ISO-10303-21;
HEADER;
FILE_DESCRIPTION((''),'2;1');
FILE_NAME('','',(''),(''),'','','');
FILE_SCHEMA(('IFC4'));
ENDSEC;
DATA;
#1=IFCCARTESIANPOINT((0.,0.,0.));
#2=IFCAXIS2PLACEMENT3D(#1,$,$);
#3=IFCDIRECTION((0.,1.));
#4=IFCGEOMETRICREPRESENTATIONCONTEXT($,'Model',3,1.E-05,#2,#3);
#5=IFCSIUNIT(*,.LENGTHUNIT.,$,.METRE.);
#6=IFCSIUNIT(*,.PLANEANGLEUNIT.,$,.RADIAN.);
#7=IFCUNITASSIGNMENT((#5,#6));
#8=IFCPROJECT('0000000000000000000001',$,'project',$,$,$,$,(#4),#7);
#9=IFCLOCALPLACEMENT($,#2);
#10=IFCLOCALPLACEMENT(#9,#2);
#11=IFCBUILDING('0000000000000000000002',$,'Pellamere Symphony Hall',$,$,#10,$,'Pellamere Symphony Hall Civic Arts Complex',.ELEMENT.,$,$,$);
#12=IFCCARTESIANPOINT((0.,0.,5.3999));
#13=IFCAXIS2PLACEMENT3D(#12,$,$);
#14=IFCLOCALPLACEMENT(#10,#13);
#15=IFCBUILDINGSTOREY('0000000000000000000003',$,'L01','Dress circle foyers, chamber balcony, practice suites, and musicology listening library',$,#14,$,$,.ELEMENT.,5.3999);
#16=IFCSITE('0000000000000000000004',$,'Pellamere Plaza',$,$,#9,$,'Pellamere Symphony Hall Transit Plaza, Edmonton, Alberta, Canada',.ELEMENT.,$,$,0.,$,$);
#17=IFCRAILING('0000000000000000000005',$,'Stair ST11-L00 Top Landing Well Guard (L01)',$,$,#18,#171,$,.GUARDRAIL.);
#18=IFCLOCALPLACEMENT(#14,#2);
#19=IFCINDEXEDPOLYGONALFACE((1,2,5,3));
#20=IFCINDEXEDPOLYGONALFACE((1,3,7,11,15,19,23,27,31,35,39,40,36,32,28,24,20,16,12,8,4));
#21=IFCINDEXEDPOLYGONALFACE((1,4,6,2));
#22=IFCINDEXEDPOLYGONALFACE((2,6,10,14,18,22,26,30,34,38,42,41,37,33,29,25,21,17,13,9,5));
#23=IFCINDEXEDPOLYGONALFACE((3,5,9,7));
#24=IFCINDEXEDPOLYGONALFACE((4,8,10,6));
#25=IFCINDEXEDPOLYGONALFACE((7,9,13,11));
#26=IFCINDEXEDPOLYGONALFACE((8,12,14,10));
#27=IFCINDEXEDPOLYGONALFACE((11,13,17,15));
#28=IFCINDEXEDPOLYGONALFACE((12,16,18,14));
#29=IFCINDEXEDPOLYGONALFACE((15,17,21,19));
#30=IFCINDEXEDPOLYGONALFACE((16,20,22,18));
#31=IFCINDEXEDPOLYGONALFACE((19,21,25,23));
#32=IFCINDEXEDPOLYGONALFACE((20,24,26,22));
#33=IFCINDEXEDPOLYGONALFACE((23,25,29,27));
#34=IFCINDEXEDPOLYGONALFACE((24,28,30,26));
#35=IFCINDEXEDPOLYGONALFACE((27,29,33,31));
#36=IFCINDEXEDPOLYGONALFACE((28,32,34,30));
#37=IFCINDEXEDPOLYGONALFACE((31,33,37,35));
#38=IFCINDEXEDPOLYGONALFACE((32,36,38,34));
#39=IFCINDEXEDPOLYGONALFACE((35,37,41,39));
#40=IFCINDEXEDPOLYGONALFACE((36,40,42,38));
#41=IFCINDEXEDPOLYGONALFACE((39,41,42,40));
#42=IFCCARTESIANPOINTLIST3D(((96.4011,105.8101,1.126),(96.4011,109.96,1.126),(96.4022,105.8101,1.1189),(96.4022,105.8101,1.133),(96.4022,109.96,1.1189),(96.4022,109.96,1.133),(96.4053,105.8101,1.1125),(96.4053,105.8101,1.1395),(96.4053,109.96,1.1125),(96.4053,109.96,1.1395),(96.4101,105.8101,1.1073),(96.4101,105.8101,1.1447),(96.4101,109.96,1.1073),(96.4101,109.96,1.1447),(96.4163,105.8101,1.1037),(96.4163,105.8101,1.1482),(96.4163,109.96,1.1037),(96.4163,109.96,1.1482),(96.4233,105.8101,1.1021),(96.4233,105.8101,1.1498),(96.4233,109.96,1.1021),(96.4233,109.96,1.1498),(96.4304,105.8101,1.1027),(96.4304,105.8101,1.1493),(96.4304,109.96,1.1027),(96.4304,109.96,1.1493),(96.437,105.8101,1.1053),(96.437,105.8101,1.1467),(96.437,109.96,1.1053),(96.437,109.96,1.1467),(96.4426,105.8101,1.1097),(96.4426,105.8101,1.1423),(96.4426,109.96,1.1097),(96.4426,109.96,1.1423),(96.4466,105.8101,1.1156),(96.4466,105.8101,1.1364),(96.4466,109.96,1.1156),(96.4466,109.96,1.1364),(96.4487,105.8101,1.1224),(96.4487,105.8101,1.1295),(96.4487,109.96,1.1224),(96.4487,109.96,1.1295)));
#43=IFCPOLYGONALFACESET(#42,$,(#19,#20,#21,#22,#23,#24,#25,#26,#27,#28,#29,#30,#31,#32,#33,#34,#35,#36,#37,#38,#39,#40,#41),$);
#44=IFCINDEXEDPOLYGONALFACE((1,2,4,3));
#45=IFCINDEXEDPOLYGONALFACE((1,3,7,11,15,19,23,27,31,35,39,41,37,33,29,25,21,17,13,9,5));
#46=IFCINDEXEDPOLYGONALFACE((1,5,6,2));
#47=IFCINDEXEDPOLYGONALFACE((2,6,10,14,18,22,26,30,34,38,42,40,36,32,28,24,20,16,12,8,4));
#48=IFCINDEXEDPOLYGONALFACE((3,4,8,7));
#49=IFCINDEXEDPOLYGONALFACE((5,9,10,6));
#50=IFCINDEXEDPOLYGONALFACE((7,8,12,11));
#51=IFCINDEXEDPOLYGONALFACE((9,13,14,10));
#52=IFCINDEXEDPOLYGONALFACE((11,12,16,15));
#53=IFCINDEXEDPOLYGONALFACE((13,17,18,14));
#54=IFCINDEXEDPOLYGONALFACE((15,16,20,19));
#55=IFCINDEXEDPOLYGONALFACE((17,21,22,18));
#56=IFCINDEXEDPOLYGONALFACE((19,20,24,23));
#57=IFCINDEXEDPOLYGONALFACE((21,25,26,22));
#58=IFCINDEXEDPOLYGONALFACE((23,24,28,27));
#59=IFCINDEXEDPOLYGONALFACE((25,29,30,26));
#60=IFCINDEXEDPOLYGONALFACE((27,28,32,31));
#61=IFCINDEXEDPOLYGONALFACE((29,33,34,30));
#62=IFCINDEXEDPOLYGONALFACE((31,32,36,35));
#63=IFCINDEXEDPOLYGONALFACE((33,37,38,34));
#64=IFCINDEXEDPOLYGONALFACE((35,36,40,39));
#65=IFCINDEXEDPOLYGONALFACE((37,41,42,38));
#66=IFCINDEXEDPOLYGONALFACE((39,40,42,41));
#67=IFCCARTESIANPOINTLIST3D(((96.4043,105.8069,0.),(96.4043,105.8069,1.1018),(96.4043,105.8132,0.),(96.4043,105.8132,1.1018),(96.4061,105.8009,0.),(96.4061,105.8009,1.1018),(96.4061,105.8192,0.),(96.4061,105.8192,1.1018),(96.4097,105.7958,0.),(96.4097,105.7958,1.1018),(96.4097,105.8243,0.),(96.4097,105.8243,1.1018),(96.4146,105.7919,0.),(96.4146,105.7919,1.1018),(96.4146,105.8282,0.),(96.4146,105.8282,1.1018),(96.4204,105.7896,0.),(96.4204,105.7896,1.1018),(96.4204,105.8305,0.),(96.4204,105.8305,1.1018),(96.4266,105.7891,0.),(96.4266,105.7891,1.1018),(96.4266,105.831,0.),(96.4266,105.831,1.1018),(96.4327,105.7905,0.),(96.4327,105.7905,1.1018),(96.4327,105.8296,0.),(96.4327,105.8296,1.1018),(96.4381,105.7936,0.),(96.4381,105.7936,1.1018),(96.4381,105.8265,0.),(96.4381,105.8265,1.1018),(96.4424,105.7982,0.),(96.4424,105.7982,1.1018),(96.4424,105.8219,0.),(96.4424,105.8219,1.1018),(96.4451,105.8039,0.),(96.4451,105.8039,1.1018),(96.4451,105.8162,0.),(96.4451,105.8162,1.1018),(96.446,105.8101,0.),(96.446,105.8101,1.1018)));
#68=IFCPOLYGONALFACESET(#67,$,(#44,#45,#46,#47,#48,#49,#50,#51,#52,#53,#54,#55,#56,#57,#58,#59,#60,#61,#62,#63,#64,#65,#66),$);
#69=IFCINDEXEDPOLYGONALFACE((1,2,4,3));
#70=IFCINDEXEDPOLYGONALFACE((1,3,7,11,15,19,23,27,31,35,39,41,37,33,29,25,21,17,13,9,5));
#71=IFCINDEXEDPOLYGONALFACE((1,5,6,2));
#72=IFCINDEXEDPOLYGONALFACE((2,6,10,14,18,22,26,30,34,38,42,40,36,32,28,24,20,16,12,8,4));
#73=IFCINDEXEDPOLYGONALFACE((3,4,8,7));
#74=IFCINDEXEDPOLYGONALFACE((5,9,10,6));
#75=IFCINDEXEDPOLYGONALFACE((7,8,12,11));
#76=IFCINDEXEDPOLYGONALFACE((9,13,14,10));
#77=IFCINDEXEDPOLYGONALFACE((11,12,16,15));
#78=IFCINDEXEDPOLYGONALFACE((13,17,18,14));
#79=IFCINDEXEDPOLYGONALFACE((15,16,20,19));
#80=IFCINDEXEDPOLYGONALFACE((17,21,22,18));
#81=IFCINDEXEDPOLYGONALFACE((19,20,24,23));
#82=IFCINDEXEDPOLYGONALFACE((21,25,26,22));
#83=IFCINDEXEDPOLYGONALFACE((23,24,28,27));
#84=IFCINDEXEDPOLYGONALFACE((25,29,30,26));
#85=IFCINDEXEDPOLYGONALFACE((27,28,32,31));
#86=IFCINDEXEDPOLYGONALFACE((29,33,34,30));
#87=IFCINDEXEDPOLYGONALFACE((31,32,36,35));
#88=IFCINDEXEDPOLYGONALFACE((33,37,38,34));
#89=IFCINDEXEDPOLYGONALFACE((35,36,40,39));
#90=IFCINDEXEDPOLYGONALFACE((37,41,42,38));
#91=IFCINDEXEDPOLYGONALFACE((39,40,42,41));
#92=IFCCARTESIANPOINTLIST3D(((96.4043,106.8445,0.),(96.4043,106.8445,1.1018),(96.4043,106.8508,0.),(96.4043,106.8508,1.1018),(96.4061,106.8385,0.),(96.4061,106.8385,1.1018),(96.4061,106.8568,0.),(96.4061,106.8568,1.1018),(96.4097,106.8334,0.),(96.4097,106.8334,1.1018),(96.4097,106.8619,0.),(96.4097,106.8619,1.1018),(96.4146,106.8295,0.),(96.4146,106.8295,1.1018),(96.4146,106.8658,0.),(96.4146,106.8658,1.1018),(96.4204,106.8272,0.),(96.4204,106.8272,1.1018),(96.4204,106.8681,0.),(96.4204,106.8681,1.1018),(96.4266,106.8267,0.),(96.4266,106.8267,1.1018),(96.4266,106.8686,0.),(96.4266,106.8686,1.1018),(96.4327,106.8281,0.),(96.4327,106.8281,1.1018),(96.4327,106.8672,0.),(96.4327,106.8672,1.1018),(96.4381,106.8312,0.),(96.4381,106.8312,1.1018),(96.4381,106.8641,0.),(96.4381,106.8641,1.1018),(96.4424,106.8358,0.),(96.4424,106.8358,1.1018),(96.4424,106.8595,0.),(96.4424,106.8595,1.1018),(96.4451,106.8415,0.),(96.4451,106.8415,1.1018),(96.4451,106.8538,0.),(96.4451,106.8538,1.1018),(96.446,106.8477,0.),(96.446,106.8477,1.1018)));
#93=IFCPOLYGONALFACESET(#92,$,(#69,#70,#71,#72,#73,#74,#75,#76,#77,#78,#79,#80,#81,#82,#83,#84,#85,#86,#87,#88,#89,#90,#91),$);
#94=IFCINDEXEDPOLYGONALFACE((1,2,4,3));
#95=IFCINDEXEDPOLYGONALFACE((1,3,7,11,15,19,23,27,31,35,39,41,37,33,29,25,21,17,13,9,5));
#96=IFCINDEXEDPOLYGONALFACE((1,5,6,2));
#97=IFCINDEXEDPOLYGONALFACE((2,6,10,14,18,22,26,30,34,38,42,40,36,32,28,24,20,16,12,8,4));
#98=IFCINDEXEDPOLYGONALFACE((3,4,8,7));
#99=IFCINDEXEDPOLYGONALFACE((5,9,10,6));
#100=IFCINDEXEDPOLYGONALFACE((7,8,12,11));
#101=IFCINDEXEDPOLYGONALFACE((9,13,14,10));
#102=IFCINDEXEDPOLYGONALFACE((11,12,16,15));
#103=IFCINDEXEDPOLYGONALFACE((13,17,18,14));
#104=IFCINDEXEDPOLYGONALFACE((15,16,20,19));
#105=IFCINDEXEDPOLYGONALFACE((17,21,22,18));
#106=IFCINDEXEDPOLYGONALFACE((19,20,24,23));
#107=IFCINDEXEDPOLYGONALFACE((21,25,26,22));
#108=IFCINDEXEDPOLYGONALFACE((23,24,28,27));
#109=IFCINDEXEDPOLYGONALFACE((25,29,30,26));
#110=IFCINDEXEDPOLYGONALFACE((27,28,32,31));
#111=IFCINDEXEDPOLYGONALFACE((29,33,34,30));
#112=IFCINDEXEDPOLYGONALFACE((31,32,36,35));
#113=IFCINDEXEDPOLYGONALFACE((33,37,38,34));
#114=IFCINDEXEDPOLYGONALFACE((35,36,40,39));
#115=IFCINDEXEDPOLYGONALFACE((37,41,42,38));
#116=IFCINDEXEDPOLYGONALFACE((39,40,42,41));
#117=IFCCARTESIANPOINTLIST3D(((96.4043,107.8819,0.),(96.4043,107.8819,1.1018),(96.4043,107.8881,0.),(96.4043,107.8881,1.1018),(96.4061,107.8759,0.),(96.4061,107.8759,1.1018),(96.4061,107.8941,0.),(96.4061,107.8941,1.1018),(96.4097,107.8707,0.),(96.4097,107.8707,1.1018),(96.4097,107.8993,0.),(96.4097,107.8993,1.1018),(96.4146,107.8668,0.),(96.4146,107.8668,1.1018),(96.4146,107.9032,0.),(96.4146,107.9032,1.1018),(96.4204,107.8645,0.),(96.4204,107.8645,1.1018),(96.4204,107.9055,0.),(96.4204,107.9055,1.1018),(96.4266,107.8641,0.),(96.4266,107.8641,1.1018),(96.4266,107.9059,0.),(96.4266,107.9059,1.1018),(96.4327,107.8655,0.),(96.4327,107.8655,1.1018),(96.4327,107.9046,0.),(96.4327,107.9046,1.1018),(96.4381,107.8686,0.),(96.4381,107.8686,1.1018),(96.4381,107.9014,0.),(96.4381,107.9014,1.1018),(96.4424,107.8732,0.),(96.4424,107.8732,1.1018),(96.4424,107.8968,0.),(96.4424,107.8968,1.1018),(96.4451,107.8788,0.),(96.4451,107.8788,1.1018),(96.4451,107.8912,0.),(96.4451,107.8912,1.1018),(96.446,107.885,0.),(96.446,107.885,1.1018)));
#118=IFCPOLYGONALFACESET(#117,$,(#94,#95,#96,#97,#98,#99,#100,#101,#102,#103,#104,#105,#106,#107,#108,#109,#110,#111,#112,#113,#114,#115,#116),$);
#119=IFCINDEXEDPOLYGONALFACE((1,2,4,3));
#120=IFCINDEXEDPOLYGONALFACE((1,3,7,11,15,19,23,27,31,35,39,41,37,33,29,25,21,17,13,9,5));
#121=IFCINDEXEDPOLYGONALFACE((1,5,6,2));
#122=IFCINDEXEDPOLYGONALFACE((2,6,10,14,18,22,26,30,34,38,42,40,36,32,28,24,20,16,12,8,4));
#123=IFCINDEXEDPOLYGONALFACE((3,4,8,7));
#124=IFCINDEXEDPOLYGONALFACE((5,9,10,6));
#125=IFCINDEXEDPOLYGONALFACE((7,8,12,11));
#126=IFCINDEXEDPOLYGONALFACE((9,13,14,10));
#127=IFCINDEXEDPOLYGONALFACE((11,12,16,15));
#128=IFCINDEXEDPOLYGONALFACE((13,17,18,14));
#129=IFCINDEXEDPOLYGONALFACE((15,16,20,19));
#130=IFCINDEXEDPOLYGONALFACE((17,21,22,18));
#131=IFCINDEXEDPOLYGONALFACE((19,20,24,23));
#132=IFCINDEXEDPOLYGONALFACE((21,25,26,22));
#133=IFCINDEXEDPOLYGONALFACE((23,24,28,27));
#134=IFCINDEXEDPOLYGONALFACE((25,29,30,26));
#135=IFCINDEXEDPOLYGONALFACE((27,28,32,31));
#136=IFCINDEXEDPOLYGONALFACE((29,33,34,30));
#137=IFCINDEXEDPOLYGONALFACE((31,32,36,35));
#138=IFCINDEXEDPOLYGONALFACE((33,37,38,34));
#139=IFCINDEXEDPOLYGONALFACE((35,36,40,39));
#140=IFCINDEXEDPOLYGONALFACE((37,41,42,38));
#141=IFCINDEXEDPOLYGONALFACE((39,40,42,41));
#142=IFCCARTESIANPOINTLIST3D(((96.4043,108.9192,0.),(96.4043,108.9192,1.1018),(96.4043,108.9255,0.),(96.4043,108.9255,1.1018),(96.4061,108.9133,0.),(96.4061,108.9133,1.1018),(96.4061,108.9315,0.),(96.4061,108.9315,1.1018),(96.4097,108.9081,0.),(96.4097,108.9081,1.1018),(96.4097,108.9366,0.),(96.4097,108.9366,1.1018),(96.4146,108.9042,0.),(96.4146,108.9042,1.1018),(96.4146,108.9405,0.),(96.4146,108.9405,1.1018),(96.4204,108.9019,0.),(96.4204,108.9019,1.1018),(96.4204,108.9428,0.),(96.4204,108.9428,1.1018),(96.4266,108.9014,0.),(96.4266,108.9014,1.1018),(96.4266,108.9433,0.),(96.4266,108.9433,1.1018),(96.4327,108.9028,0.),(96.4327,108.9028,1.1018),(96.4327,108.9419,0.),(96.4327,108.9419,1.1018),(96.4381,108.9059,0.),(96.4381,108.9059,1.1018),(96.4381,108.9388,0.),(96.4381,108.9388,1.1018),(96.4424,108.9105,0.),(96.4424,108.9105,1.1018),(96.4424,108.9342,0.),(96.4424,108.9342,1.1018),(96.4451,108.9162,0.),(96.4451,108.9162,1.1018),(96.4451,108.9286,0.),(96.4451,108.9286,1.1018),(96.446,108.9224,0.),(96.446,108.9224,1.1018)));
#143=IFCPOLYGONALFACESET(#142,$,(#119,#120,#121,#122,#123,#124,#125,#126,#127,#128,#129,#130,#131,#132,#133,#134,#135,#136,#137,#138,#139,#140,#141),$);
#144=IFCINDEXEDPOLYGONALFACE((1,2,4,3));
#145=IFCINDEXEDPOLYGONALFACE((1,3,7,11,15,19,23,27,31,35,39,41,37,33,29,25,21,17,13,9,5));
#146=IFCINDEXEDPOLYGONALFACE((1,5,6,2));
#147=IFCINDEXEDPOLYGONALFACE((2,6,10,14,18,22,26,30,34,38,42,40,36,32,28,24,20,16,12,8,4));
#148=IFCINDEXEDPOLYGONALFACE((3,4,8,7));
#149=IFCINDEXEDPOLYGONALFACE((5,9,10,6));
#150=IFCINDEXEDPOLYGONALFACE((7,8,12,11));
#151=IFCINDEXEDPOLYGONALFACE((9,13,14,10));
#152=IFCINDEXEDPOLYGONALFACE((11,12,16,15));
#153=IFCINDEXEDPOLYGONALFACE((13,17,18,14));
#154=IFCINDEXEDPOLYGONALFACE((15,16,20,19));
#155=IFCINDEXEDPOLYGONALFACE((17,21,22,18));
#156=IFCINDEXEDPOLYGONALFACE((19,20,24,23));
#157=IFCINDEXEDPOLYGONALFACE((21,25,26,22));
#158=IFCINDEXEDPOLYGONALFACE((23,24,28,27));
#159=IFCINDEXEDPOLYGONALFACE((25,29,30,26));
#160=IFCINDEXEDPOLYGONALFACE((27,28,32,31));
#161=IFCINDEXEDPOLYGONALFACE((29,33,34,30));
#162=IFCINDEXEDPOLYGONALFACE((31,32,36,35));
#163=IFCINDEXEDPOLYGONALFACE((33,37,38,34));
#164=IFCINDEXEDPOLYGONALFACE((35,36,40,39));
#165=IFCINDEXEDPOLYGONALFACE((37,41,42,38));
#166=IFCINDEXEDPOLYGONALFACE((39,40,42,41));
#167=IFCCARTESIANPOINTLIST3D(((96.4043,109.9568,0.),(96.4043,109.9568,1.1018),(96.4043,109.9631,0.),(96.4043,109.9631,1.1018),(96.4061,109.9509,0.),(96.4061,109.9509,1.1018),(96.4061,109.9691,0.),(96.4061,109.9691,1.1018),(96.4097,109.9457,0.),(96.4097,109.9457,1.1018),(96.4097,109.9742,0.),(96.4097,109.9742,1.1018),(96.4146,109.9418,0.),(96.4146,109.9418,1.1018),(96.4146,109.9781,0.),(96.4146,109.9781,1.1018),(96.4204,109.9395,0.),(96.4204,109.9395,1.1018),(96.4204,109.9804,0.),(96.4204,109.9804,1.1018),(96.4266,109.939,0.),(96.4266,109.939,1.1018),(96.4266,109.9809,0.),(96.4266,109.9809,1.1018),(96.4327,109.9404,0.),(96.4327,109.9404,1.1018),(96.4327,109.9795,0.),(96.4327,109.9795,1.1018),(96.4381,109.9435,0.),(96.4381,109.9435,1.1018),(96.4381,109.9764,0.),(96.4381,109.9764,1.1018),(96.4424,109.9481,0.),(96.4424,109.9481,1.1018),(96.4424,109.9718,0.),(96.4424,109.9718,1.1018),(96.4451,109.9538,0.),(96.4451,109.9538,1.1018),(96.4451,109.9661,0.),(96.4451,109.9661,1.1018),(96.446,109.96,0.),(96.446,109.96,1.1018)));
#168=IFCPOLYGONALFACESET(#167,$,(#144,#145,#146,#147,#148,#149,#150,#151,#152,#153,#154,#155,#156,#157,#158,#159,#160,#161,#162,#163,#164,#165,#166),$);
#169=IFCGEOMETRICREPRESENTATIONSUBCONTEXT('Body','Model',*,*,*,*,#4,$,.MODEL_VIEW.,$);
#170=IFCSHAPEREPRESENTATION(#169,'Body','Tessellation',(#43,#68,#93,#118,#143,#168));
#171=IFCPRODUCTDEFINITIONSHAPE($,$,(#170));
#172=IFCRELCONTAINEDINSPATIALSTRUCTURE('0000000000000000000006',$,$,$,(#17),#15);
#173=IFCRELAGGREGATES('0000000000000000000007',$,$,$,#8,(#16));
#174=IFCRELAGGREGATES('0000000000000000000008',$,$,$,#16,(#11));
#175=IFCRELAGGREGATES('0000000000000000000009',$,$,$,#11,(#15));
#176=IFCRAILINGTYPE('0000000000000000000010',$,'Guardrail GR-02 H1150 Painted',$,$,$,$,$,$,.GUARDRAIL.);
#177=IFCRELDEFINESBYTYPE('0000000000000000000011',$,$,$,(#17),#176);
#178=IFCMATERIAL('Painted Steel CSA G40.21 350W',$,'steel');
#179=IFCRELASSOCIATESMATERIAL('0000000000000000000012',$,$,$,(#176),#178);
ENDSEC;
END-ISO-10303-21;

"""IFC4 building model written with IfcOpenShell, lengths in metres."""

from ifc_helpers import new_model, si_unit, direction, frame, origin, origin_2d, place, context, subcontext, project, spatial, circle, extrude, material, type_object, element, save


model = new_model("IFC4")

# Units and contexts
model_context = context("Model", 3, precision=1e-05, world=origin(), true_north=direction((0.0, 1.0)))
body_context = subcontext(model_context, "Body", "Model", "MODEL_VIEW")
ifc_project = project(units=[si_unit("LENGTHUNIT", "METRE"), si_unit("PLANEANGLEUNIT", "RADIAN")], contexts=[model_context])

# Site, building, storey
site_placement = place(None, origin())
site = spatial("IfcSite", under=ifc_project, at=site_placement, Name="Pellamere Plaza", LongName="Pellamere Symphony Hall Transit Plaza, Edmonton, Alberta, Canada", CompositionType="ELEMENT", RefElevation=0.0)
building_placement = place(site_placement, origin())
building = spatial("IfcBuilding", under=site, at=building_placement, Name="Pellamere Symphony Hall", LongName="Pellamere Symphony Hall Civic Arts Complex", CompositionType="ELEMENT")
storey_placement = place(building_placement, frame((0.0, 0.0, 5.3999)))
storey = spatial("IfcBuildingStorey", under=building, at=storey_placement, Name="L01", Description="Dress circle foyers, chamber balcony, practice suites, and musicology listening library", CompositionType="ELEMENT", Elevation=5.3999)

# Railing
ifc_material_1 = material(Name="Painted Steel CSA G40.21 350W", Category="steel")
railing_type = type_object("IfcRailingType", Name="Guardrail GR-02 H1150 Painted", PredefinedType="GUARDRAIL", material=ifc_material_1)
railing_placement = place(storey_placement, frame((96.425, 105.8101, 0.0)))
element("IfcRailing", 1, at=railing_placement, inside=storey, type_object=railing_type, Name="Stair ST11-L00 Top Landing Well Guard (L01)", PredefinedType="GUARDRAIL", context=body_context, shape_type="SweptSolid", body=[
    extrude(circle(Radius=0.0239, at=origin_2d()), frame((0.0, 0.0, 1.126), z_axis=(0.0, 1.0, 0.0), x_axis=(-1.0, 0.0, 0.0)), (0.0, 0.0, 1.0), 4.1499),
    extrude(circle(Radius=0.021, at=origin_2d()), origin(), (0.0, 0.0, 1.0), 1.1018),
    extrude(circle(Radius=0.021, at=origin_2d()), frame((0.0, 1.0376, 0.0)), (0.0, 0.0, 1.0), 1.1018),
    extrude(circle(Radius=0.021, at=origin_2d()), frame((0.0, 2.075, 0.0)), (0.0, 0.0, 1.0), 1.1018),
    extrude(circle(Radius=0.021, at=origin_2d()), frame((0.0, 3.1123, 0.0)), (0.0, 0.0, 1.0), 1.1018),
    extrude(circle(Radius=0.021, at=origin_2d()), frame((0.0, 4.1499, 0.0)), (0.0, 0.0, 1.0), 1.1018),
])

save(model, "model.ifc")
